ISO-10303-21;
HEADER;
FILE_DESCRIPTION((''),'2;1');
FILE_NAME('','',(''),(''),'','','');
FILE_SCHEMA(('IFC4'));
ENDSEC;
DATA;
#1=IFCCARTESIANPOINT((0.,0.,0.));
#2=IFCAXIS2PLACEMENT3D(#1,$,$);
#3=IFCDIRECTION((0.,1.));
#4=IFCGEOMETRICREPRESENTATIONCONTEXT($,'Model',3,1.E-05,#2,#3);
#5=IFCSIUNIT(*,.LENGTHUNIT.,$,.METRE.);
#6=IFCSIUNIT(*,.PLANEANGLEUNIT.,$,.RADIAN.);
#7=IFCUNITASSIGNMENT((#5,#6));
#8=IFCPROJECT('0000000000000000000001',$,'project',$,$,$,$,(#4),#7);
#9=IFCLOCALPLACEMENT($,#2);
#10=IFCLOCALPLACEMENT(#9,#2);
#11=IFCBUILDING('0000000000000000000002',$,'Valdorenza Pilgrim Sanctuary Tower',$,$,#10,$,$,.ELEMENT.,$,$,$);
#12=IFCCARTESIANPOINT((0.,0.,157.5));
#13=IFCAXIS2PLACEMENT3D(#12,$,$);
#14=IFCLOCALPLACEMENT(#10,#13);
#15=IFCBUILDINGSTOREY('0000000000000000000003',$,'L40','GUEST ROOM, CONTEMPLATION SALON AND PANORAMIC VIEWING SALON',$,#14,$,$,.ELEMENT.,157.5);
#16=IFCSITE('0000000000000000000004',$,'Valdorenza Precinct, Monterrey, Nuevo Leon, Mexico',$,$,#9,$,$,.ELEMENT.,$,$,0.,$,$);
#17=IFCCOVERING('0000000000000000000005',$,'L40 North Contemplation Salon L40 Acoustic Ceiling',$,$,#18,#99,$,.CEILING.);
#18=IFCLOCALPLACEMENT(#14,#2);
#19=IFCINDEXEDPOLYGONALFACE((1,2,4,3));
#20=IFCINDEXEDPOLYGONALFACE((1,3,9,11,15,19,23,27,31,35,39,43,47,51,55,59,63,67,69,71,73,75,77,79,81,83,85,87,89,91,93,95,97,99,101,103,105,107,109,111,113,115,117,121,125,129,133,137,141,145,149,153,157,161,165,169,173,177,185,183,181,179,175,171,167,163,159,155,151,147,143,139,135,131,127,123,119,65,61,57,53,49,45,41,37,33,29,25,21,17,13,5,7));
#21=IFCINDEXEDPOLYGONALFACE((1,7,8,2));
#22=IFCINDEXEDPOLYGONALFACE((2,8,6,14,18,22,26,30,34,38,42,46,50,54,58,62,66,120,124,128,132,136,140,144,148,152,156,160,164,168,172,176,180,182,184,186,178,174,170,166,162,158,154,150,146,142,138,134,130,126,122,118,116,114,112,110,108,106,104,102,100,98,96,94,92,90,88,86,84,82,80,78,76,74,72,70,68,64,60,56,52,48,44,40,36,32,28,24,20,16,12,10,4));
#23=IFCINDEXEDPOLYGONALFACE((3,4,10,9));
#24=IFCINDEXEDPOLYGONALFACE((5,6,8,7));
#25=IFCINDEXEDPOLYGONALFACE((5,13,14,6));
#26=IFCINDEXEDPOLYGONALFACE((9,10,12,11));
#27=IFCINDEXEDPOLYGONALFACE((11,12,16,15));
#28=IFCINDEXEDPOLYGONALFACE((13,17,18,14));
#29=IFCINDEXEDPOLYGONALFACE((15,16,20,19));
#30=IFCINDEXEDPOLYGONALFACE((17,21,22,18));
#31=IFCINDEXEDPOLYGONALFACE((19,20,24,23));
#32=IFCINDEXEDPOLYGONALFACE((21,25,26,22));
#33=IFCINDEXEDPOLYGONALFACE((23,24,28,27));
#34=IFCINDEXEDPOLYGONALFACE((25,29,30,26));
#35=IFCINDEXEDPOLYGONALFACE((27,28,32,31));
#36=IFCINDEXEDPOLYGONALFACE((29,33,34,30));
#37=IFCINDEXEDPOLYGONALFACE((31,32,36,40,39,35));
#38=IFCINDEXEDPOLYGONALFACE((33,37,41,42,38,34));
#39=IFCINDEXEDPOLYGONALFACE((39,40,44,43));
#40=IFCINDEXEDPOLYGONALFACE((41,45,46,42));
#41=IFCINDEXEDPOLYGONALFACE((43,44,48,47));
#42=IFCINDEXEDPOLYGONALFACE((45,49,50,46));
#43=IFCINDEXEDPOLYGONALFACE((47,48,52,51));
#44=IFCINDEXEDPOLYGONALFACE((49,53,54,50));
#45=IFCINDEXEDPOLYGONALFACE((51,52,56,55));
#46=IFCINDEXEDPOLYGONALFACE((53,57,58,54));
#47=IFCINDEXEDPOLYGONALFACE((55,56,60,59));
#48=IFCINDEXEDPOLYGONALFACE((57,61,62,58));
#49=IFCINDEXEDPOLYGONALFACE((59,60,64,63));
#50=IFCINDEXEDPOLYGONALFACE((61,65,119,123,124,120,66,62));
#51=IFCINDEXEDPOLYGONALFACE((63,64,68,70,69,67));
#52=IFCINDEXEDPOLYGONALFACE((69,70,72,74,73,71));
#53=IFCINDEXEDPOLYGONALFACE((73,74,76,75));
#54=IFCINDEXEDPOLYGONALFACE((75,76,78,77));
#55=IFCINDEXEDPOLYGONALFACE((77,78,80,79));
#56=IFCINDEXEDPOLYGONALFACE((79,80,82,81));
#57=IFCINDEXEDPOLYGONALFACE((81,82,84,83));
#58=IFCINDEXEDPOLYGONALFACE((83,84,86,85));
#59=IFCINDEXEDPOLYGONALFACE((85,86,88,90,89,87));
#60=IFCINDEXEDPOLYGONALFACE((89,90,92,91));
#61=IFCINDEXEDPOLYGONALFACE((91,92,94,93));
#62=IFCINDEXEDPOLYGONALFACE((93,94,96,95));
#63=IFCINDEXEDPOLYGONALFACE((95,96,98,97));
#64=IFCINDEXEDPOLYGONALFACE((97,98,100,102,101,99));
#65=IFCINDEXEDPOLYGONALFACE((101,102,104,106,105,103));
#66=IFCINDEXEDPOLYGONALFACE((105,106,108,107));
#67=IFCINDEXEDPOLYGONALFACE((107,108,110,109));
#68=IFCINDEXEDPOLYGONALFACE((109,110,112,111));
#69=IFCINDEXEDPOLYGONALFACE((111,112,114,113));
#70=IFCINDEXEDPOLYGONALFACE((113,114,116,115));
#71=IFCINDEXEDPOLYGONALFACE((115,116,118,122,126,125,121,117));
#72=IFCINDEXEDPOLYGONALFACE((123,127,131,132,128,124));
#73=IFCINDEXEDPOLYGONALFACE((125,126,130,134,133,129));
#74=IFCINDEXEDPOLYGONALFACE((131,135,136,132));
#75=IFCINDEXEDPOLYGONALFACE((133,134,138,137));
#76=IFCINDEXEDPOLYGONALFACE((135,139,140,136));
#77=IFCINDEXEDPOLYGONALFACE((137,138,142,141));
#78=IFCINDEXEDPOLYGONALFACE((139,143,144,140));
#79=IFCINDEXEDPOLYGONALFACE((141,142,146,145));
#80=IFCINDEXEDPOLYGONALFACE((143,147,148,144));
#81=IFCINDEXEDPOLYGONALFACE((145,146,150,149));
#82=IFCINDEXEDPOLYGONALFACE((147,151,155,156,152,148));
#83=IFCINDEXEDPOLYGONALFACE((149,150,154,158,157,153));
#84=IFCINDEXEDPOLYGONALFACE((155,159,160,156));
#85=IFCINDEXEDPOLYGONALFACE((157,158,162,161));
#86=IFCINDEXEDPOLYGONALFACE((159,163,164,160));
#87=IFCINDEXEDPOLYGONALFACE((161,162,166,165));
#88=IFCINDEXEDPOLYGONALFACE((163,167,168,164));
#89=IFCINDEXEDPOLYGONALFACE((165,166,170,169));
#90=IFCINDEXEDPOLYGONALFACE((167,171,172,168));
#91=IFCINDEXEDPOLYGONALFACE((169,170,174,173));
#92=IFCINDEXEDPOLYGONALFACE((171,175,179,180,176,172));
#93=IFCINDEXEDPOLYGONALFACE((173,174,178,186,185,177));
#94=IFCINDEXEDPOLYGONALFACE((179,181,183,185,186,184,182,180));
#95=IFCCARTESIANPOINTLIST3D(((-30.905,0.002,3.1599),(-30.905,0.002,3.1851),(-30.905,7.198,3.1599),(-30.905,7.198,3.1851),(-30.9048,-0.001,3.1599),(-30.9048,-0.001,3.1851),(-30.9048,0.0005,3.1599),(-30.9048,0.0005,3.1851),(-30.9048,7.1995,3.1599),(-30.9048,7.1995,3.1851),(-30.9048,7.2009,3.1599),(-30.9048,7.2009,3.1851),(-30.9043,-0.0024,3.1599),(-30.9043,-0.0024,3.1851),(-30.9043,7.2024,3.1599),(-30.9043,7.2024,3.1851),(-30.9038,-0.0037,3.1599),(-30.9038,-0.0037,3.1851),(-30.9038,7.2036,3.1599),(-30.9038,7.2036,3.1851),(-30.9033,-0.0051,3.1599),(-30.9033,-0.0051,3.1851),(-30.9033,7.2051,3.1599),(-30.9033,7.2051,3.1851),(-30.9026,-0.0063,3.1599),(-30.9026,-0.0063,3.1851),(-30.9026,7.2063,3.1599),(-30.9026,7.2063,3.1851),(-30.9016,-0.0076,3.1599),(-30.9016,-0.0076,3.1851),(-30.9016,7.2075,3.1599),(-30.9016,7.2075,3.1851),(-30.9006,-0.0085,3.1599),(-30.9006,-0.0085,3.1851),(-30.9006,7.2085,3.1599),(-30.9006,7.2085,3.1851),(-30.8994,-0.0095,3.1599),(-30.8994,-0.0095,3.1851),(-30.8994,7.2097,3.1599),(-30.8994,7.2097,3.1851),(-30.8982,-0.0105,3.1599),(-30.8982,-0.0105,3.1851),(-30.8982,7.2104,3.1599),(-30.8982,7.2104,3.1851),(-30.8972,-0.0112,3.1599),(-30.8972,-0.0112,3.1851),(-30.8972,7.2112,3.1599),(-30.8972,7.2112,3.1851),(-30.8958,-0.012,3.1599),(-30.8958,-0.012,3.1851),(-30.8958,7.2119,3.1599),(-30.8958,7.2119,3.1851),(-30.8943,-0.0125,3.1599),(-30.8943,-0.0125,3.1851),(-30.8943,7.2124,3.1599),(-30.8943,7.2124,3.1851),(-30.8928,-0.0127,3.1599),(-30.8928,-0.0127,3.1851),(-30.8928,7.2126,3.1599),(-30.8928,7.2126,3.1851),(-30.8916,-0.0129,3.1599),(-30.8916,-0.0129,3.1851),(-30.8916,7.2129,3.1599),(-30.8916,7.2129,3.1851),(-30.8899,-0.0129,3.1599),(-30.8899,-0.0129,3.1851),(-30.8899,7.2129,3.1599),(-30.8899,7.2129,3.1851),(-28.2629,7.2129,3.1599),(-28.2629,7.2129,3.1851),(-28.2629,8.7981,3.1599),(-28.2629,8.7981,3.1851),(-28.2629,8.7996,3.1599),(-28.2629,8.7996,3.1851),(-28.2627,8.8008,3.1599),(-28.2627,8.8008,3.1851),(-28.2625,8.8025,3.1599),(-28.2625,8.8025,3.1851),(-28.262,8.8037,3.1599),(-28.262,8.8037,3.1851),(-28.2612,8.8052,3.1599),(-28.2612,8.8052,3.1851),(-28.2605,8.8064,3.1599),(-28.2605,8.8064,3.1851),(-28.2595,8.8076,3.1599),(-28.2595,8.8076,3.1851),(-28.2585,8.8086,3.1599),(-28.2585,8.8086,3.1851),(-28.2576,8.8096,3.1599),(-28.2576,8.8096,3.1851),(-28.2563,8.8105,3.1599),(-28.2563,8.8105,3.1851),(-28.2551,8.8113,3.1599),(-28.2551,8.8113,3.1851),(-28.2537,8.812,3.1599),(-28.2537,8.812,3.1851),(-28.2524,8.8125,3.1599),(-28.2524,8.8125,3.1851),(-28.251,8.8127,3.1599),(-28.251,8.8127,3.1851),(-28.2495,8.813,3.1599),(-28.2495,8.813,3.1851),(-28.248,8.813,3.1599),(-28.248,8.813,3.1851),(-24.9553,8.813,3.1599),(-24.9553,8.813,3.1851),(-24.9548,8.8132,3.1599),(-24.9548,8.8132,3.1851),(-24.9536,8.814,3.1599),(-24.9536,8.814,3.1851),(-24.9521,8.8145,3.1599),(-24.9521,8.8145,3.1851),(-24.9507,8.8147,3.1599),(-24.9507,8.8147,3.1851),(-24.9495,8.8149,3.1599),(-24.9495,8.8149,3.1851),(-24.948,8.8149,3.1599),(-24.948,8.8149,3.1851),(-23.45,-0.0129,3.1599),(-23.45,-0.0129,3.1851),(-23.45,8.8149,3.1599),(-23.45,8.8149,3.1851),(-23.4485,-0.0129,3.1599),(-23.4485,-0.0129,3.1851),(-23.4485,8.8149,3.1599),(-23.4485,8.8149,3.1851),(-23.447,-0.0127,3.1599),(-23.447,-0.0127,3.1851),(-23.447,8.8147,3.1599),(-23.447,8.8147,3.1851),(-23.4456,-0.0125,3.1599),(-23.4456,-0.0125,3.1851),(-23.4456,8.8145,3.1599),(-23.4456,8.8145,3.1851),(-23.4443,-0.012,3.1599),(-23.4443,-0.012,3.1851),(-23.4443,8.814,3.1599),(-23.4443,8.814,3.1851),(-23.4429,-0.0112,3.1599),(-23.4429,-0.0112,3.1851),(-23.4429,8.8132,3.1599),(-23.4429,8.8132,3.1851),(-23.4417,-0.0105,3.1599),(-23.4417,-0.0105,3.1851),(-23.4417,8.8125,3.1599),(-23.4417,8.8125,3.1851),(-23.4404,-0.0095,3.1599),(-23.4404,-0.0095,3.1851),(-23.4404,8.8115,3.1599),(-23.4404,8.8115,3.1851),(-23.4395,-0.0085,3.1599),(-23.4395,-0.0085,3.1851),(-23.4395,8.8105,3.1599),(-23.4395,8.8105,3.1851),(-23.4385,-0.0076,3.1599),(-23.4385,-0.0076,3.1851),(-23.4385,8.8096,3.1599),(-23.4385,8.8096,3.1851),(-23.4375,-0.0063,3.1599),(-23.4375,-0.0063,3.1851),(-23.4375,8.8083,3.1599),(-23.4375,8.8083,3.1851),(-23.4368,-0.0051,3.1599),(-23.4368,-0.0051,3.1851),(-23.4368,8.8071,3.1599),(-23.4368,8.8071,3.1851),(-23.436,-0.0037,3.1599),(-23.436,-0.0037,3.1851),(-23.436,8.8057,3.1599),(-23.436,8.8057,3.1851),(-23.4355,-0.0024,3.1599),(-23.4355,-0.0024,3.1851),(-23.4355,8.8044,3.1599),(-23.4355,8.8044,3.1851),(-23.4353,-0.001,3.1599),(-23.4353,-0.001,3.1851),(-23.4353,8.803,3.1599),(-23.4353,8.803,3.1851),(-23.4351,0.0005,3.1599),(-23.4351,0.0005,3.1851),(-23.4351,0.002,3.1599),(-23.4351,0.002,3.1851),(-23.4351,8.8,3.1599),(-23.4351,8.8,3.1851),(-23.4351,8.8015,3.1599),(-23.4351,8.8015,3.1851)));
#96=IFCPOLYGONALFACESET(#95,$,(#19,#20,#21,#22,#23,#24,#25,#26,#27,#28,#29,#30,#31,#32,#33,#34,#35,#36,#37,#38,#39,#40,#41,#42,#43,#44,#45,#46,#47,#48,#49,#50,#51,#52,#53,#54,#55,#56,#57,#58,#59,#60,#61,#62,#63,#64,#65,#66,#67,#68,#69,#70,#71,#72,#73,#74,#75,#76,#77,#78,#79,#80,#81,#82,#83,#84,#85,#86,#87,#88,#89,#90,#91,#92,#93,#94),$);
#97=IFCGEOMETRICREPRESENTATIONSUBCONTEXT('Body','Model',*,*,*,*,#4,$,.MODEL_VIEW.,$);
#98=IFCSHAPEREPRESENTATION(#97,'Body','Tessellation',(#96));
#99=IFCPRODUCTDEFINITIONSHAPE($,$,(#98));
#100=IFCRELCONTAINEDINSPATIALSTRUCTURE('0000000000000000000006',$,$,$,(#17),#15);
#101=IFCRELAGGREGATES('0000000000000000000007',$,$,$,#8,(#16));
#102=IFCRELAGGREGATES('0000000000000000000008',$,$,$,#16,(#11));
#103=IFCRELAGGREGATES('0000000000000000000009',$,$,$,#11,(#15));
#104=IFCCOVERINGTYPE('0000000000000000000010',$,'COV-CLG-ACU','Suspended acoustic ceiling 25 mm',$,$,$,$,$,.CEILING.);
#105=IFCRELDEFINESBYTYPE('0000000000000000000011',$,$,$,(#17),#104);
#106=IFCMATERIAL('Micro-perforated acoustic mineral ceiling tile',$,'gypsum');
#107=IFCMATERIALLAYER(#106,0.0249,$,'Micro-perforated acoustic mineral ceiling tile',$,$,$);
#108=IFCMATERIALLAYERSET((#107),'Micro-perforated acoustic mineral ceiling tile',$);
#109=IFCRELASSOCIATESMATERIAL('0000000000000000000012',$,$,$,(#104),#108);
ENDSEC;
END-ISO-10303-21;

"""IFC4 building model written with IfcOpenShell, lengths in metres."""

from ifc_helpers import new_model, si_unit, direction, frame, origin, place, context, subcontext, project, spatial, polyline, outline, extrude, material, layer, layer_set, type_object, element, save


model = new_model("IFC4")

# Units and contexts
model_context = context("Model", 3, precision=1e-05, world=origin(), true_north=direction((0.0, 1.0)))
body_context = subcontext(model_context, "Body", "Model", "MODEL_VIEW")
ifc_project = project(units=[si_unit("LENGTHUNIT", "METRE"), si_unit("PLANEANGLEUNIT", "RADIAN")], contexts=[model_context])

# Site, building, storey
site_placement = place(None, origin())
site = spatial("IfcSite", under=ifc_project, at=site_placement, Name="Valdorenza Precinct, Monterrey, Nuevo Leon, Mexico", CompositionType="ELEMENT", RefElevation=0.0)
building_placement = place(site_placement, origin())
building = spatial("IfcBuilding", under=site, at=building_placement, Name="Valdorenza Pilgrim Sanctuary Tower", CompositionType="ELEMENT")
storey_placement = place(building_placement, frame((0.0, 0.0, 157.5)))
storey = spatial("IfcBuildingStorey", under=building, at=storey_placement, Name="L40", Description="GUEST ROOM, CONTEMPLATION SALON AND PANORAMIC VIEWING SALON", CompositionType="ELEMENT", Elevation=157.5)

# Covering
ifc_material_1 = material(Name="Micro-perforated acoustic mineral ceiling tile", Category="gypsum")
ifc_layer_1 = layer(ifc_material_1, 0.0249, Name="Micro-perforated acoustic mineral ceiling tile")
ifc_layer_set_1 = layer_set([ifc_layer_1], Name="Micro-perforated acoustic mineral ceiling tile")
covering_type_1 = type_object("IfcCoveringType", Name="COV-CLG-ACU", Description="Suspended acoustic ceiling 25 mm", PredefinedType="CEILING", material=ifc_layer_set_1)
covering_1_placement = place(storey_placement, frame((0.0, 0.0, 3.1599)))
element("IfcCovering", 1, at=covering_1_placement, inside=storey, type_object=covering_type_1, Name="L40 North Contemplation Salon L40 Acoustic Ceiling", PredefinedType="CEILING", context=body_context, shape_type="SweptSolid", body=[
    extrude(outline(polyline([(-28.2629, 7.2129), (-28.2629, 8.7981), (-28.2629, 8.7996), (-28.2627, 8.8008), (-28.2625, 8.8025), (-28.262, 8.8037), (-28.2612, 8.8052), (-28.2605, 8.8064), (-28.2595, 8.8076), (-28.2585, 8.8086), (-28.2576, 8.8096), (-28.2563, 8.8105), (-28.2551, 8.8113), (-28.2537, 8.812), (-28.2524, 8.8125), (-28.251, 8.8127), (-28.2495, 8.813), (-28.248, 8.813), (-24.9553, 8.813), (-24.9548, 8.8132), (-24.9536, 8.814), (-24.9521, 8.8145), (-24.9507, 8.8147), (-24.9495, 8.8149), (-24.948, 8.8149), (-23.45, 8.8149), (-23.4485, 8.8149), (-23.447, 8.8147), (-23.4456, 8.8145), (-23.4443, 8.814), (-23.4429, 8.8132), (-23.4417, 8.8125), (-23.4404, 8.8115), (-23.4395, 8.8105), (-23.4385, 8.8096), (-23.4375, 8.8083), (-23.4368, 8.8071), (-23.436, 8.8057), (-23.4355, 8.8044), (-23.4353, 8.803), (-23.4351, 8.8015), (-23.4351, 8.8), (-23.4351, 0.002), (-23.4351, 0.0005), (-23.4353, -0.001), (-23.4355, -0.0024), (-23.436, -0.0037), (-23.4368, -0.0051), (-23.4375, -0.0063), (-23.4385, -0.0076), (-23.4395, -0.0085), (-23.4404, -0.0095), (-23.4417, -0.0105), (-23.4429, -0.0112), (-23.4443, -0.012), (-23.4456, -0.0125), (-23.447, -0.0127), (-23.4485, -0.0129), (-23.45, -0.0129), (-30.8899, -0.0129), (-30.8916, -0.0129), (-30.8928, -0.0127), (-30.8943, -0.0125), (-30.8958, -0.012), (-30.8972, -0.0112), (-30.8982, -0.0105), (-30.8994, -0.0095), (-30.9006, -0.0085), (-30.9016, -0.0076), (-30.9026, -0.0063), (-30.9033, -0.0051), (-30.9038, -0.0037), (-30.9043, -0.0024), (-30.9048, -0.001), (-30.9048, 0.0005), (-30.905, 0.002), (-30.905, 7.198), (-30.9048, 7.1995), (-30.9048, 7.2009), (-30.9043, 7.2024), (-30.9038, 7.2036), (-30.9033, 7.2051), (-30.9026, 7.2063), (-30.9016, 7.2075), (-30.9006, 7.2085), (-30.8994, 7.2097), (-30.8982, 7.2104), (-30.8972, 7.2112), (-30.8958, 7.2119), (-30.8943, 7.2124), (-30.8928, 7.2126), (-30.8916, 7.2129), (-30.8899, 7.2129), (-28.2629, 7.2129)])), origin(), (0.0, 0.0, 1.0), 0.0251),
])

save(model, "model.ifc")
